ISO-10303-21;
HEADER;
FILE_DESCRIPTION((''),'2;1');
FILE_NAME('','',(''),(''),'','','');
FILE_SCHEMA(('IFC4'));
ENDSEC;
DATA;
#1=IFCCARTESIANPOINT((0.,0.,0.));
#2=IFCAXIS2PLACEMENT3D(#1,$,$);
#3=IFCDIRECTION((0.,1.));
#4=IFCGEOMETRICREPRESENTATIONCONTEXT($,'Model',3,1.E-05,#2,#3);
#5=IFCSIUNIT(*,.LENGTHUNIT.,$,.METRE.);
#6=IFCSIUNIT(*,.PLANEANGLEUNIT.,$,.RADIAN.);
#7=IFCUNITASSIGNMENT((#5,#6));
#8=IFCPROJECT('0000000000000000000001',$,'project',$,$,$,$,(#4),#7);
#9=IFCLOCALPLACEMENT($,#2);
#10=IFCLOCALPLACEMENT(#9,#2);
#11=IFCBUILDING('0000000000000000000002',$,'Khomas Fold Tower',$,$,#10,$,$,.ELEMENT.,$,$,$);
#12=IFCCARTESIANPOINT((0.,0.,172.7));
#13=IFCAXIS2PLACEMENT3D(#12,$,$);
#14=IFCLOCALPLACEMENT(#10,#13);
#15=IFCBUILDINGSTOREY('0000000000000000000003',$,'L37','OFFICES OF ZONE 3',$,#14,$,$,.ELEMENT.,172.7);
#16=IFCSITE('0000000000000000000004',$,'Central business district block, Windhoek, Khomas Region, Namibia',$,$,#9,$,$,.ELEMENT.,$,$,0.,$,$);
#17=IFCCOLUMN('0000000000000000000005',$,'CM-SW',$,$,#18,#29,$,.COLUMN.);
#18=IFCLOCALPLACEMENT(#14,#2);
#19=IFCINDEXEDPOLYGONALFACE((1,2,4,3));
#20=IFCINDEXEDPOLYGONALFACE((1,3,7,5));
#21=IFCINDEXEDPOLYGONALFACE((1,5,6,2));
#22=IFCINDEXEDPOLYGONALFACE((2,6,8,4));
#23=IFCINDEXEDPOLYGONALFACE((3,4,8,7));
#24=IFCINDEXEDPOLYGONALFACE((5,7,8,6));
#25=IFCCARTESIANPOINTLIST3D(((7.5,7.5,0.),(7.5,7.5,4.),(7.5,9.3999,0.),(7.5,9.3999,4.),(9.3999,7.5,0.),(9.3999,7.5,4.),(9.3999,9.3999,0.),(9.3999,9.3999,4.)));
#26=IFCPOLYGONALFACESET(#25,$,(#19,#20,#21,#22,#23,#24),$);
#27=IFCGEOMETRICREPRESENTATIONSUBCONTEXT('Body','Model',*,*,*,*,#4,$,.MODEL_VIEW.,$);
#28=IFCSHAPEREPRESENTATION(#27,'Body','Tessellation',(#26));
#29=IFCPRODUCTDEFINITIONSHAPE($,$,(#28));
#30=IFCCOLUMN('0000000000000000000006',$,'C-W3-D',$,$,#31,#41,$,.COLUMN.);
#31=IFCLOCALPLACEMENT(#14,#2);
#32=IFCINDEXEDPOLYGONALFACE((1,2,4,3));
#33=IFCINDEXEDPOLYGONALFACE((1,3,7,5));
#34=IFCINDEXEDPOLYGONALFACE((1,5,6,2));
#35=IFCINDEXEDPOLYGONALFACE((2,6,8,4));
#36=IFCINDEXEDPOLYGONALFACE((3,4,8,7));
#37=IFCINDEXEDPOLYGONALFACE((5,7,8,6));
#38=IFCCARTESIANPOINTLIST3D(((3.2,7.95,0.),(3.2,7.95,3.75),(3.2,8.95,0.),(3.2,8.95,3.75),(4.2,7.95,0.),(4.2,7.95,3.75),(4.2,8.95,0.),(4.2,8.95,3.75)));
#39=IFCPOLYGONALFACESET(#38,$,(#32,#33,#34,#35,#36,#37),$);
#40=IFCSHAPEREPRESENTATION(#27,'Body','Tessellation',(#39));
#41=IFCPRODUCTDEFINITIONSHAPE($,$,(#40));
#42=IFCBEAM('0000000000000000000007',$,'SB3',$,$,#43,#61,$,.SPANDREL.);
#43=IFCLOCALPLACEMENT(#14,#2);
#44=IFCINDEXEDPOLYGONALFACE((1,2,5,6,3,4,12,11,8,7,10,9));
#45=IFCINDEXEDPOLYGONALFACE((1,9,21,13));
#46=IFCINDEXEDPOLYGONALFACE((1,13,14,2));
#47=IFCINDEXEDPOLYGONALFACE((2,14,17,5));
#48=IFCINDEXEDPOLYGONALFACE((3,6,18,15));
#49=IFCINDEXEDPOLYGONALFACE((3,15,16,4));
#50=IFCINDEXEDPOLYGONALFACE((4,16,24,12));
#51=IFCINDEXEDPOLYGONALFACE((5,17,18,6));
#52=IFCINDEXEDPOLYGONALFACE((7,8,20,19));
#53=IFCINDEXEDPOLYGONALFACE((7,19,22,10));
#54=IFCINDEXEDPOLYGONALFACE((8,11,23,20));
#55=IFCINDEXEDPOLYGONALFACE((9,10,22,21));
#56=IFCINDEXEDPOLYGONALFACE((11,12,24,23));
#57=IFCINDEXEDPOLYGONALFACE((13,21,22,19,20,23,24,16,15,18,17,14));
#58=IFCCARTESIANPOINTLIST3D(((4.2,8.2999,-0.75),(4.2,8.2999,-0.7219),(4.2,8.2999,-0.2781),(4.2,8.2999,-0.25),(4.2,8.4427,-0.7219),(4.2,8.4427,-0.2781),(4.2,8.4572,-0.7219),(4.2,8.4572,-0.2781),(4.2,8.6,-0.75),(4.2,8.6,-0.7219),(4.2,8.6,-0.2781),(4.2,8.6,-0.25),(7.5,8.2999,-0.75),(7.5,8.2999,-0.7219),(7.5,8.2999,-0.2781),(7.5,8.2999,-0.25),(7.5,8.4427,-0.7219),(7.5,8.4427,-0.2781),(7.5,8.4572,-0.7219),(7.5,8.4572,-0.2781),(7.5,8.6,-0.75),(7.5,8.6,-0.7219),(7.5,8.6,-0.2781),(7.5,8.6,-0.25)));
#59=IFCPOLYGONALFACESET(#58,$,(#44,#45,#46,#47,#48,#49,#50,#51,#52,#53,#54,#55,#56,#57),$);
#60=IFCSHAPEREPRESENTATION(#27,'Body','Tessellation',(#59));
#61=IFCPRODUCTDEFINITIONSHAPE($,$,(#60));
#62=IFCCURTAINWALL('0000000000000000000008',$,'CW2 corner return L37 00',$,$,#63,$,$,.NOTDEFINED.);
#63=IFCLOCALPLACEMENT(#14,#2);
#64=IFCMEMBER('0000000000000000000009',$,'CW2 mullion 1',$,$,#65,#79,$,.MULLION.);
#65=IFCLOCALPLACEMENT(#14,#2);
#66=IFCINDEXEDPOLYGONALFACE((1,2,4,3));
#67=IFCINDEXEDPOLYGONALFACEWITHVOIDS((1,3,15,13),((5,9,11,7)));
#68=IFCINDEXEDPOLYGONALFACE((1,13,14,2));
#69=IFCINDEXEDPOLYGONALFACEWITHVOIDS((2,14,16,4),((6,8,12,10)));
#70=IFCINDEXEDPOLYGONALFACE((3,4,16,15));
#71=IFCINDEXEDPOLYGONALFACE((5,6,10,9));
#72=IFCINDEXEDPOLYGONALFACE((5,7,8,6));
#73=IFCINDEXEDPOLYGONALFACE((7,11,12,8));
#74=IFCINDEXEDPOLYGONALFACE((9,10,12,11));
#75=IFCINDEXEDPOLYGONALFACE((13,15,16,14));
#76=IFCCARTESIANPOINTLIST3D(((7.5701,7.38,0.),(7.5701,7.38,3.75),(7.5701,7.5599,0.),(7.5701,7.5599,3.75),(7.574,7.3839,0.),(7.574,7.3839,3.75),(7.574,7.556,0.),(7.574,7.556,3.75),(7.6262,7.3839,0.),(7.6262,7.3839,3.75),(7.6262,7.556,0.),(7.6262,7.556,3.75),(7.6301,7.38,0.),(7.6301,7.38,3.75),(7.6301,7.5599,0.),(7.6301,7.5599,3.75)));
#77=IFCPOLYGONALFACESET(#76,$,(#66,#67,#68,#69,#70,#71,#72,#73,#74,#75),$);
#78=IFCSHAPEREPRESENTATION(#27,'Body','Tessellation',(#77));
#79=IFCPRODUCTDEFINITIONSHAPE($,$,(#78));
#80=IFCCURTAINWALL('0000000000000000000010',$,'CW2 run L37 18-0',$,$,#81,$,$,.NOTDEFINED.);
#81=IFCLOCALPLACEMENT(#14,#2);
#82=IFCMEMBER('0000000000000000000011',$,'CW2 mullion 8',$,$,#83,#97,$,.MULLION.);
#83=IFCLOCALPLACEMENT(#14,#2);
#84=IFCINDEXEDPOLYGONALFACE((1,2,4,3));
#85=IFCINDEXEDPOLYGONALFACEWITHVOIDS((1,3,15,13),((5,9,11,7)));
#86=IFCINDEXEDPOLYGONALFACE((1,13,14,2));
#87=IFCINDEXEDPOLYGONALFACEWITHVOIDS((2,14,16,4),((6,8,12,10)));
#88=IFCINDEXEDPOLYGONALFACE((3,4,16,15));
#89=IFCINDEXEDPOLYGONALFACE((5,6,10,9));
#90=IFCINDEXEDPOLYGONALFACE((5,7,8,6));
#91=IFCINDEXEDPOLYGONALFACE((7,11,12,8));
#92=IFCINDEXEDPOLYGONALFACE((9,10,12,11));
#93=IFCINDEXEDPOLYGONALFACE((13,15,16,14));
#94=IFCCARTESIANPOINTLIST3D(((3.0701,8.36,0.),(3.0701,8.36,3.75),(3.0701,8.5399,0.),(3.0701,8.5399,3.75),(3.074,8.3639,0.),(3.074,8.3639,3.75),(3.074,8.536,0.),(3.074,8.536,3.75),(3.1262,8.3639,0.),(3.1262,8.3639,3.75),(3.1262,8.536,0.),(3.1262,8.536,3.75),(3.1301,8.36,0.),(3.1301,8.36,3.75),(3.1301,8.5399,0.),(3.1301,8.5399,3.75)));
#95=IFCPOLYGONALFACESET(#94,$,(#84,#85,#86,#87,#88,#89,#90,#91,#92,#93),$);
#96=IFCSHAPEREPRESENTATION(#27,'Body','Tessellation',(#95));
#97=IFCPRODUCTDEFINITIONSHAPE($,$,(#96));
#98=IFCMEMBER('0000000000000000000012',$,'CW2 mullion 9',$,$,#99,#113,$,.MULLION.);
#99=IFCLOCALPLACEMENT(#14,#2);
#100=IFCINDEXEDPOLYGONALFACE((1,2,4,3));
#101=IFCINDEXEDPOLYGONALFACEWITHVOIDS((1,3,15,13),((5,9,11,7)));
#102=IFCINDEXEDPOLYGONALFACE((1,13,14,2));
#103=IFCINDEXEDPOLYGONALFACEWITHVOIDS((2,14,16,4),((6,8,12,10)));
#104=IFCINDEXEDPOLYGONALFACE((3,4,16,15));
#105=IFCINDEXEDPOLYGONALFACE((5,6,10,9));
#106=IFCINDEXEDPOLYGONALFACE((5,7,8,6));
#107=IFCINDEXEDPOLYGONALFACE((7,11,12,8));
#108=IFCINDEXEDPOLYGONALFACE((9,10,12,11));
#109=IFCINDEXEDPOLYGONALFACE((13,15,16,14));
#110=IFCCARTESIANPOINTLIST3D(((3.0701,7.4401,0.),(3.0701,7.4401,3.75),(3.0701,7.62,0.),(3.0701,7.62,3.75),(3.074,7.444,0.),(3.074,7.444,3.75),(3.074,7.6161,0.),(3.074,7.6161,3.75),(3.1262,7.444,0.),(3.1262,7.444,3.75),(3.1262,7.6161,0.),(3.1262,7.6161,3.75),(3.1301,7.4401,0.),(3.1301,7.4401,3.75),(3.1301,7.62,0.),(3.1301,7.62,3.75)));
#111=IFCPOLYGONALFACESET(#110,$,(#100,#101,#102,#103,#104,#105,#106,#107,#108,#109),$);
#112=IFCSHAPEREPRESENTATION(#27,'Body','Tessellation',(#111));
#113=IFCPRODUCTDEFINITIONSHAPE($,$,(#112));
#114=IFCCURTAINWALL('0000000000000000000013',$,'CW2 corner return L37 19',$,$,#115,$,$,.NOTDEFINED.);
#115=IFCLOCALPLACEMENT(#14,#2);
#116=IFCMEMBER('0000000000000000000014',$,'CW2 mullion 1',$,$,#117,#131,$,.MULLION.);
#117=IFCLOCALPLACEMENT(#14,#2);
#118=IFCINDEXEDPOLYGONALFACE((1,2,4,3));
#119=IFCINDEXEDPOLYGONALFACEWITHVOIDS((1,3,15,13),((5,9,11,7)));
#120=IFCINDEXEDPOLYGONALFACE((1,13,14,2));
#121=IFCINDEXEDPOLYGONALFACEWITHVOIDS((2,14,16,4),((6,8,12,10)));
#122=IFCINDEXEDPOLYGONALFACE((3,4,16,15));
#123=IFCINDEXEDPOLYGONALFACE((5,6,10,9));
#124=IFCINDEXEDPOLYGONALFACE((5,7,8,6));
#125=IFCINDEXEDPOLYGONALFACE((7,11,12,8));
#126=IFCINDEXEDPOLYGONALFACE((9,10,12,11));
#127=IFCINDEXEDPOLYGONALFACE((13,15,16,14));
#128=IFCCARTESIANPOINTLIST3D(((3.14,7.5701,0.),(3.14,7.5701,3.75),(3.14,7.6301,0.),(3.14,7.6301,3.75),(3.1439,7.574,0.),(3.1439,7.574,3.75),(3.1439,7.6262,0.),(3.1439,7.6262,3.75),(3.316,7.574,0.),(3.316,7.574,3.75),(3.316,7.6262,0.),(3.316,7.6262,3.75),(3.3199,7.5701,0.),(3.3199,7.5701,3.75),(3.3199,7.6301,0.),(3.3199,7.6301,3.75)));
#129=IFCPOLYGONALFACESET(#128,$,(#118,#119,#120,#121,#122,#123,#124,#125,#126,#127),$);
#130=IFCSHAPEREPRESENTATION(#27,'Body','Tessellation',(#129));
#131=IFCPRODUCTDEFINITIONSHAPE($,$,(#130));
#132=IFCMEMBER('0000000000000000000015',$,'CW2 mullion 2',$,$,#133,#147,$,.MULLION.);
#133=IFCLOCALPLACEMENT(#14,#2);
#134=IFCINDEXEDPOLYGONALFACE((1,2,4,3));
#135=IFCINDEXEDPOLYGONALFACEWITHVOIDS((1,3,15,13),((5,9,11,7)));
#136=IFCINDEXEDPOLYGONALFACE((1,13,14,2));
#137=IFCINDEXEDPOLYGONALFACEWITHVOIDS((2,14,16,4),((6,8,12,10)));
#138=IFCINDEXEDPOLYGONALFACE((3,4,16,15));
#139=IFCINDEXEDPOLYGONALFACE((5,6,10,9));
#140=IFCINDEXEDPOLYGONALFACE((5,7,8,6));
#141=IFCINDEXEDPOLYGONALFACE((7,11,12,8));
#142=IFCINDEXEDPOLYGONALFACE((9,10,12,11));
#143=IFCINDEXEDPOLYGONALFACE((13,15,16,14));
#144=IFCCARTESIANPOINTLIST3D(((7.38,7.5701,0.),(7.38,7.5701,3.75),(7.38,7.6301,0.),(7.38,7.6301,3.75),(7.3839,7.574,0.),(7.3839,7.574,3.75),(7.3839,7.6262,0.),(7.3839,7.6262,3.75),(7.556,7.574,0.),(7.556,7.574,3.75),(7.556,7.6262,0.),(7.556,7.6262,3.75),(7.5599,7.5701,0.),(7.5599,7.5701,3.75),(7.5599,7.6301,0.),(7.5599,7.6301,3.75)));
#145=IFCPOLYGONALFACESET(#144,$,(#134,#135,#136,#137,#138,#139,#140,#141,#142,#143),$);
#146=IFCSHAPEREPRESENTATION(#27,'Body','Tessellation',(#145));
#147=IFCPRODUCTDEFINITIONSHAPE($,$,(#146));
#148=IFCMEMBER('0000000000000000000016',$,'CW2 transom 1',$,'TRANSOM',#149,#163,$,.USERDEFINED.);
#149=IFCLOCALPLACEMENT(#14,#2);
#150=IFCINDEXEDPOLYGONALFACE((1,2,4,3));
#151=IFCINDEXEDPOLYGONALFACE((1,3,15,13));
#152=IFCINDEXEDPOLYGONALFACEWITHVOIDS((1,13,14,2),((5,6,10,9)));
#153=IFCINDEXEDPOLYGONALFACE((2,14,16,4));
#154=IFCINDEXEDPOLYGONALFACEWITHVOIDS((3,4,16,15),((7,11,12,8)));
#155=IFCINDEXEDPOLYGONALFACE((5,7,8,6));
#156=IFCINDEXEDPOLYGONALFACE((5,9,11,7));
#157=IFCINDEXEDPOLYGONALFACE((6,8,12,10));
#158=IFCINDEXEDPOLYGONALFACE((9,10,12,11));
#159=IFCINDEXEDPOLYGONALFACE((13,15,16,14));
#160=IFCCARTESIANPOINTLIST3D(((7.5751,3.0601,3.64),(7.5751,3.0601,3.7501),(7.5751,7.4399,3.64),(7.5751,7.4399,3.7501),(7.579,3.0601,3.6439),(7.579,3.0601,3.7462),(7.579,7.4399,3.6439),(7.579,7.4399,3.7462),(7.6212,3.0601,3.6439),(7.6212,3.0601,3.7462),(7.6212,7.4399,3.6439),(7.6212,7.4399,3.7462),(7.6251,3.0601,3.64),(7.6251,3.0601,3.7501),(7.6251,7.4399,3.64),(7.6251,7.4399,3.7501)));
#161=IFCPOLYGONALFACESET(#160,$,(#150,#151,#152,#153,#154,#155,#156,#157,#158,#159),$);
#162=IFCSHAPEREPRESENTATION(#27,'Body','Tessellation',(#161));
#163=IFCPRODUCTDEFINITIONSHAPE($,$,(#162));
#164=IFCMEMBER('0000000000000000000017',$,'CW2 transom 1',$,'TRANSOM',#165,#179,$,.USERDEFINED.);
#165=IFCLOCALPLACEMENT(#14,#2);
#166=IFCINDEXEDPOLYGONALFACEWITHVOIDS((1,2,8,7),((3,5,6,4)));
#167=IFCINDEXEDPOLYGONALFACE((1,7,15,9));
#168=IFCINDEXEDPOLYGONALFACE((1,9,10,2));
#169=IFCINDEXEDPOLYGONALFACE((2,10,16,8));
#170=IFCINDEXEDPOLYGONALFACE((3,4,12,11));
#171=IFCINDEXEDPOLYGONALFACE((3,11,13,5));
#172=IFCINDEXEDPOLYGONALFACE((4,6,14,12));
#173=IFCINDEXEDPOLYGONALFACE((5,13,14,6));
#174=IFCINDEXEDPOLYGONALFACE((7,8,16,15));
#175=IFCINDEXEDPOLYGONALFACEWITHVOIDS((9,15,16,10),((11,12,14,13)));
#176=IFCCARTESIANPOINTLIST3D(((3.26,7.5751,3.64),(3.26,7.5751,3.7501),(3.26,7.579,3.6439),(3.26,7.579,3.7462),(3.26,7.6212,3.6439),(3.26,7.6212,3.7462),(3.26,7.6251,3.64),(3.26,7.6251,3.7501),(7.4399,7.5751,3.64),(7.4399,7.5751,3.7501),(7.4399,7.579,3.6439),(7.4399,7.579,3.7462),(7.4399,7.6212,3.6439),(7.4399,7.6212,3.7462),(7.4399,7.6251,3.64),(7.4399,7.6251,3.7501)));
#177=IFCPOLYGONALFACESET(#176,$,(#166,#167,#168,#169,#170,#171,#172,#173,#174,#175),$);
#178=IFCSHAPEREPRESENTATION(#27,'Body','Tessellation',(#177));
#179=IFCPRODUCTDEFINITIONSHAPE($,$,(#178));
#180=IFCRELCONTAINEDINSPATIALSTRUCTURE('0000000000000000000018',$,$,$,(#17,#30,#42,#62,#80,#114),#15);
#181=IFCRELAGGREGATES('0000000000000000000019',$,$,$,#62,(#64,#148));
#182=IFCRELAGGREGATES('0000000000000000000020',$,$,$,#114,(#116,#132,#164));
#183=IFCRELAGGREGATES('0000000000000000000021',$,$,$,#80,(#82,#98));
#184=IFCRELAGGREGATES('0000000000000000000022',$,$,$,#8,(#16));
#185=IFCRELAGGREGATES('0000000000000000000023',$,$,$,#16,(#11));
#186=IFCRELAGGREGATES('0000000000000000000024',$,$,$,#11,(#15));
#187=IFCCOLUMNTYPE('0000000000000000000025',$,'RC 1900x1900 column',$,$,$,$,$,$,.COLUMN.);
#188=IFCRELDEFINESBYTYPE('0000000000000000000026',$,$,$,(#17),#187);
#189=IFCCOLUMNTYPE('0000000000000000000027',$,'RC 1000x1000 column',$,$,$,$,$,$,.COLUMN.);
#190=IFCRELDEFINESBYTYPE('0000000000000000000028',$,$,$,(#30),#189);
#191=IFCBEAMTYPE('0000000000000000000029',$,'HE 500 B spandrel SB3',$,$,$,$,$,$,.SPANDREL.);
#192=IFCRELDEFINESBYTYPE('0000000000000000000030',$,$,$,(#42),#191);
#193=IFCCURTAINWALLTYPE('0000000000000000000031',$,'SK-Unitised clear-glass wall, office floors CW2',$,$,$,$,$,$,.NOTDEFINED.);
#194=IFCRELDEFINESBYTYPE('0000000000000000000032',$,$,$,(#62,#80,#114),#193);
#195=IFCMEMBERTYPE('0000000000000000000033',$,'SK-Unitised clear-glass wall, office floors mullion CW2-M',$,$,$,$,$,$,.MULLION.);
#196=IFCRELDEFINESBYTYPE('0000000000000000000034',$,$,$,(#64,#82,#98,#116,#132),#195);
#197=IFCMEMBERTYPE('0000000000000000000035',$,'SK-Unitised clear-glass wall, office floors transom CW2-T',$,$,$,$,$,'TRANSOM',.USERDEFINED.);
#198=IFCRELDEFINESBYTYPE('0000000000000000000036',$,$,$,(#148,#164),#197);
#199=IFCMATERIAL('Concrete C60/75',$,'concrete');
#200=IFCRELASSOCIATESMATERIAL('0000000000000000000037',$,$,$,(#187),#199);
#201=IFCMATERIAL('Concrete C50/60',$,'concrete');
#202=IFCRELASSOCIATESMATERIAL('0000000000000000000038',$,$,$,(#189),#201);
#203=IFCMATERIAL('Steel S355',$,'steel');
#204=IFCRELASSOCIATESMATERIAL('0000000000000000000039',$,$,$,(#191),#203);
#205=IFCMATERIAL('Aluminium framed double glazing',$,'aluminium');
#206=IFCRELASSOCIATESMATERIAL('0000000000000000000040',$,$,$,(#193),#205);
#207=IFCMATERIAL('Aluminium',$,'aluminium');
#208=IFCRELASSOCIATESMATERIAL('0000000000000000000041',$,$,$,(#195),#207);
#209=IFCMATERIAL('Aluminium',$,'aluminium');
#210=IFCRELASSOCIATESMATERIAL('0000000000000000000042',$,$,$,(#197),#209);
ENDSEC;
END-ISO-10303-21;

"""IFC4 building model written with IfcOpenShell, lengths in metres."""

from ifc_helpers import new_model, si_unit, direction, frame, origin, origin_2d, place, context, subcontext, project, spatial, rectangle, hollow_rectangle, i_section, extrude, source, transform, mapped, material, material_profile, profile_set, type_object, element, aggregate, save


model = new_model("IFC4")

# Units and contexts
model_context = context("Model", 3, precision=1e-05, world=origin(), true_north=direction((0.0, 1.0)))
body_context = subcontext(model_context, "Body", "Model", "MODEL_VIEW")
ifc_project = project(units=[si_unit("LENGTHUNIT", "METRE"), si_unit("PLANEANGLEUNIT", "RADIAN")], contexts=[model_context])

# Site, building, storey
site_placement = place(None, origin())
site = spatial("IfcSite", under=ifc_project, at=site_placement, Name="Central business district block, Windhoek, Khomas Region, Namibia", CompositionType="ELEMENT", RefElevation=0.0)
building_placement = place(site_placement, origin())
building = spatial("IfcBuilding", under=site, at=building_placement, Name="Khomas Fold Tower", CompositionType="ELEMENT")
storey_placement = place(building_placement, frame((0.0, 0.0, 172.7)))
storey = spatial("IfcBuildingStorey", under=building, at=storey_placement, Name="L37", Description="OFFICES OF ZONE 3", CompositionType="ELEMENT", Elevation=172.7)

# Columns
ifc_material_1 = material(Name="Concrete C60/75", Category="concrete")
ifc_material_profile_1 = material_profile(ifc_material_1, rectangle(XDim=1.8999, YDim=1.8999, at=origin_2d()), Name="RC 1900x1900")
ifc_profile_set_1 = profile_set([ifc_material_profile_1], Name="Concrete C60/75")
column_type_1 = type_object("IfcColumnType", Name="RC 1900x1900 column", PredefinedType="COLUMN", material=ifc_profile_set_1)
shared_shape_1 = source(origin(), body_context, "Body", "SweptSolid", [
    extrude(rectangle(XDim=1.8999, YDim=1.8999, at=origin_2d()), origin(), (0.0, 0.0, 1.0), 4.0),
])
column_1_placement = place(storey_placement, frame((8.45, 8.45, 0.0), z_axis=(0.0, 0.0, 1.0), x_axis=(1.0, 0.0, 0.0)))
element("IfcColumn", 1, at=column_1_placement, inside=storey, type_object=column_type_1, Name="CM-SW", PredefinedType="COLUMN", context=body_context, shape_type="MappedRepresentation", body=[
    mapped(shared_shape_1, transform((0.0, 0.0, 0.0))),
])
ifc_material_2 = material(Name="Concrete C50/60", Category="concrete")
ifc_material_profile_2 = material_profile(ifc_material_2, rectangle(XDim=1.0, YDim=1.0, at=origin_2d()), Name="RC 1000x1000")
ifc_profile_set_2 = profile_set([ifc_material_profile_2], Name="Concrete C50/60")
column_type_2 = type_object("IfcColumnType", Name="RC 1000x1000 column", PredefinedType="COLUMN", material=ifc_profile_set_2)
shared_shape_2 = source(origin(), body_context, "Body", "SweptSolid", [
    extrude(rectangle(XDim=1.0, YDim=1.0, at=origin_2d()), origin(), (0.0, 0.0, 1.0), 3.75),
])
column_2_placement = place(storey_placement, frame((3.7, 8.45, 0.0), z_axis=(0.0, 0.0, 1.0), x_axis=(1.0, 0.0, 0.0)))
element("IfcColumn", 2, at=column_2_placement, inside=storey, type_object=column_type_2, Name="C-W3-D", PredefinedType="COLUMN", context=body_context, shape_type="MappedRepresentation", body=[
    mapped(shared_shape_2, transform((0.0, 0.0, 0.0))),
])

# Beam
ifc_material_3 = material(Name="Steel S355", Category="steel")
ifc_material_profile_3 = material_profile(ifc_material_3, i_section(OverallWidth=0.3, OverallDepth=0.5, WebThickness=0.0144, FlangeThickness=0.0281, at=origin_2d()), Name="HE 500 B")
ifc_profile_set_3 = profile_set([ifc_material_profile_3], Name="Steel S355")
beam_type = type_object("IfcBeamType", Name="HE 500 B spandrel SB3", PredefinedType="SPANDREL", material=ifc_profile_set_3)
shared_shape_3 = source(origin(), body_context, "Body", "SweptSolid", [
    extrude(i_section(OverallWidth=0.3, OverallDepth=0.5, WebThickness=0.0144, FlangeThickness=0.0281, at=origin_2d()), origin(), (0.0, 0.0, 1.0), 3.3),
])
beam_placement = place(storey_placement, frame((4.2, 8.45, -0.5), z_axis=(1.0, 0.0, 0.0), x_axis=(0.0, 1.0, 0.0)))
element("IfcBeam", 3, at=beam_placement, inside=storey, type_object=beam_type, Name="SB3", PredefinedType="SPANDREL", context=body_context, shape_type="MappedRepresentation", body=[
    mapped(shared_shape_3, transform((0.0, 0.0, 0.0))),
])

# Curtain wall, member
ifc_material_4 = material(Name="Aluminium framed double glazing", Category="aluminium")
curtain_wall_type = type_object("IfcCurtainWallType", Name="SK-Unitised clear-glass wall, office floors CW2", PredefinedType="NOTDEFINED", material=ifc_material_4)
curtain_wall_1_placement = place(storey_placement, origin())
curtain_wall_1 = element("IfcCurtainWall", 4, at=curtain_wall_1_placement, inside=storey, type_object=curtain_wall_type, Name="CW2 corner return L37 00", PredefinedType="NOTDEFINED")
ifc_material_5 = material(Name="Aluminium", Category="aluminium")
ifc_material_profile_4 = material_profile(ifc_material_5, hollow_rectangle(XDim=0.0601, YDim=0.1799, WallThickness=0.0039, at=origin_2d()), Name="SK-Unitised clear-glass wall, office floors mullion CW2-M")
ifc_profile_set_4 = profile_set([ifc_material_profile_4], Name="Aluminium")
member_type_1 = type_object("IfcMemberType", Name="SK-Unitised clear-glass wall, office floors mullion CW2-M", PredefinedType="MULLION", material=ifc_profile_set_4)
shared_shape_4 = source(origin(), body_context, "Body", "SweptSolid", [
    extrude(hollow_rectangle(XDim=0.0601, YDim=0.1799, WallThickness=0.0039, at=origin_2d()), origin(), (0.0, 0.0, 1.0), 3.75),
])
member_1_placement = place(storey_placement, frame((7.6001, 7.47, 0.0), z_axis=(0.0, 0.0, 1.0), x_axis=(1.0, 0.0, 0.0)))
member_1 = element("IfcMember", 5, at=member_1_placement, type_object=member_type_1, Name="CW2 mullion 1", PredefinedType="MULLION", context=body_context, shape_type="MappedRepresentation", body=[
    mapped(shared_shape_4, transform((0.0, 0.0, 0.0))),
])

# Curtain walls, members
curtain_wall_2_placement = place(storey_placement, origin())
curtain_wall_2 = element("IfcCurtainWall", 6, at=curtain_wall_2_placement, inside=storey, type_object=curtain_wall_type, Name="CW2 run L37 18-0", PredefinedType="NOTDEFINED")
member_2_placement = place(storey_placement, frame((3.1001, 8.45, 0.0), z_axis=(0.0, 0.0, 1.0), x_axis=(1.0, 0.0, 0.0)))
member_2 = element("IfcMember", 7, at=member_2_placement, type_object=member_type_1, Name="CW2 mullion 8", PredefinedType="MULLION", context=body_context, shape_type="MappedRepresentation", body=[
    mapped(shared_shape_4, transform((0.0, 0.0, 0.0))),
])
member_3_placement = place(storey_placement, frame((3.1001, 7.53, 0.0), z_axis=(0.0, 0.0, 1.0), x_axis=(1.0, 0.0, 0.0)))
member_3 = element("IfcMember", 8, at=member_3_placement, type_object=member_type_1, Name="CW2 mullion 9", PredefinedType="MULLION", context=body_context, shape_type="MappedRepresentation", body=[
    mapped(shared_shape_4, transform((0.0, 0.0, 0.0))),
])
curtain_wall_3_placement = place(storey_placement, origin())
curtain_wall_3 = element("IfcCurtainWall", 9, at=curtain_wall_3_placement, inside=storey, type_object=curtain_wall_type, Name="CW2 corner return L37 19", PredefinedType="NOTDEFINED")
member_4_placement = place(storey_placement, frame((3.23, 7.6001, 0.0), z_axis=(0.0, 0.0, 1.0), x_axis=(0.0, 1.0, 0.0)))
member_4 = element("IfcMember", 10, at=member_4_placement, type_object=member_type_1, Name="CW2 mullion 1", PredefinedType="MULLION", context=body_context, shape_type="MappedRepresentation", body=[
    mapped(shared_shape_4, transform((0.0, 0.0, 0.0))),
])
member_5_placement = place(storey_placement, frame((7.47, 7.6001, 0.0), z_axis=(0.0, 0.0, 1.0), x_axis=(0.0, 1.0, 0.0)))
member_5 = element("IfcMember", 11, at=member_5_placement, type_object=member_type_1, Name="CW2 mullion 2", PredefinedType="MULLION", context=body_context, shape_type="MappedRepresentation", body=[
    mapped(shared_shape_4, transform((0.0, 0.0, 0.0))),
])

# Members
ifc_material_6 = material(Name="Aluminium", Category="aluminium")
ifc_material_profile_5 = material_profile(ifc_material_6, hollow_rectangle(XDim=0.05, YDim=0.1101, WallThickness=0.0039, at=origin_2d()), Name="SK-Unitised clear-glass wall, office floors transom CW2-T")
ifc_profile_set_5 = profile_set([ifc_material_profile_5], Name="Aluminium")
member_type_2 = type_object("IfcMemberType", Name="SK-Unitised clear-glass wall, office floors transom CW2-T", ElementType="TRANSOM", PredefinedType="USERDEFINED", material=ifc_profile_set_5)
shared_shape_5 = source(origin(), body_context, "Body", "SweptSolid", [
    extrude(hollow_rectangle(XDim=0.05, YDim=0.1101, WallThickness=0.0039, at=origin_2d()), origin(), (0.0, 0.0, 1.0), 4.3799),
])
member_6_placement = place(storey_placement, frame((7.6001, 7.4399, 3.6951), z_axis=(0.0, -1.0, 0.0), x_axis=(1.0, 0.0, 0.0)))
member_6 = element("IfcMember", 12, at=member_6_placement, type_object=member_type_2, Name="CW2 transom 1", ObjectType="TRANSOM", PredefinedType="USERDEFINED", context=body_context, shape_type="MappedRepresentation", body=[
    mapped(shared_shape_5, transform((0.0, 0.0, 0.0))),
])
aggregate(curtain_wall_1, [member_1, member_6])
shared_shape_6 = source(origin(), body_context, "Body", "SweptSolid", [
    extrude(hollow_rectangle(XDim=0.05, YDim=0.1101, WallThickness=0.0039, at=origin_2d()), origin(), (0.0, 0.0, 1.0), 4.1799),
])
member_7_placement = place(storey_placement, frame((3.26, 7.6001, 3.6951), z_axis=(1.0, 0.0, 0.0), x_axis=(0.0, 1.0, 0.0)))
member_7 = element("IfcMember", 13, at=member_7_placement, type_object=member_type_2, Name="CW2 transom 1", ObjectType="TRANSOM", PredefinedType="USERDEFINED", context=body_context, shape_type="MappedRepresentation", body=[
    mapped(shared_shape_6, transform((0.0, 0.0, 0.0))),
])

aggregate(curtain_wall_3, [member_4, member_5, member_7])
aggregate(curtain_wall_2, [member_2, member_3])

save(model, "model.ifc")
